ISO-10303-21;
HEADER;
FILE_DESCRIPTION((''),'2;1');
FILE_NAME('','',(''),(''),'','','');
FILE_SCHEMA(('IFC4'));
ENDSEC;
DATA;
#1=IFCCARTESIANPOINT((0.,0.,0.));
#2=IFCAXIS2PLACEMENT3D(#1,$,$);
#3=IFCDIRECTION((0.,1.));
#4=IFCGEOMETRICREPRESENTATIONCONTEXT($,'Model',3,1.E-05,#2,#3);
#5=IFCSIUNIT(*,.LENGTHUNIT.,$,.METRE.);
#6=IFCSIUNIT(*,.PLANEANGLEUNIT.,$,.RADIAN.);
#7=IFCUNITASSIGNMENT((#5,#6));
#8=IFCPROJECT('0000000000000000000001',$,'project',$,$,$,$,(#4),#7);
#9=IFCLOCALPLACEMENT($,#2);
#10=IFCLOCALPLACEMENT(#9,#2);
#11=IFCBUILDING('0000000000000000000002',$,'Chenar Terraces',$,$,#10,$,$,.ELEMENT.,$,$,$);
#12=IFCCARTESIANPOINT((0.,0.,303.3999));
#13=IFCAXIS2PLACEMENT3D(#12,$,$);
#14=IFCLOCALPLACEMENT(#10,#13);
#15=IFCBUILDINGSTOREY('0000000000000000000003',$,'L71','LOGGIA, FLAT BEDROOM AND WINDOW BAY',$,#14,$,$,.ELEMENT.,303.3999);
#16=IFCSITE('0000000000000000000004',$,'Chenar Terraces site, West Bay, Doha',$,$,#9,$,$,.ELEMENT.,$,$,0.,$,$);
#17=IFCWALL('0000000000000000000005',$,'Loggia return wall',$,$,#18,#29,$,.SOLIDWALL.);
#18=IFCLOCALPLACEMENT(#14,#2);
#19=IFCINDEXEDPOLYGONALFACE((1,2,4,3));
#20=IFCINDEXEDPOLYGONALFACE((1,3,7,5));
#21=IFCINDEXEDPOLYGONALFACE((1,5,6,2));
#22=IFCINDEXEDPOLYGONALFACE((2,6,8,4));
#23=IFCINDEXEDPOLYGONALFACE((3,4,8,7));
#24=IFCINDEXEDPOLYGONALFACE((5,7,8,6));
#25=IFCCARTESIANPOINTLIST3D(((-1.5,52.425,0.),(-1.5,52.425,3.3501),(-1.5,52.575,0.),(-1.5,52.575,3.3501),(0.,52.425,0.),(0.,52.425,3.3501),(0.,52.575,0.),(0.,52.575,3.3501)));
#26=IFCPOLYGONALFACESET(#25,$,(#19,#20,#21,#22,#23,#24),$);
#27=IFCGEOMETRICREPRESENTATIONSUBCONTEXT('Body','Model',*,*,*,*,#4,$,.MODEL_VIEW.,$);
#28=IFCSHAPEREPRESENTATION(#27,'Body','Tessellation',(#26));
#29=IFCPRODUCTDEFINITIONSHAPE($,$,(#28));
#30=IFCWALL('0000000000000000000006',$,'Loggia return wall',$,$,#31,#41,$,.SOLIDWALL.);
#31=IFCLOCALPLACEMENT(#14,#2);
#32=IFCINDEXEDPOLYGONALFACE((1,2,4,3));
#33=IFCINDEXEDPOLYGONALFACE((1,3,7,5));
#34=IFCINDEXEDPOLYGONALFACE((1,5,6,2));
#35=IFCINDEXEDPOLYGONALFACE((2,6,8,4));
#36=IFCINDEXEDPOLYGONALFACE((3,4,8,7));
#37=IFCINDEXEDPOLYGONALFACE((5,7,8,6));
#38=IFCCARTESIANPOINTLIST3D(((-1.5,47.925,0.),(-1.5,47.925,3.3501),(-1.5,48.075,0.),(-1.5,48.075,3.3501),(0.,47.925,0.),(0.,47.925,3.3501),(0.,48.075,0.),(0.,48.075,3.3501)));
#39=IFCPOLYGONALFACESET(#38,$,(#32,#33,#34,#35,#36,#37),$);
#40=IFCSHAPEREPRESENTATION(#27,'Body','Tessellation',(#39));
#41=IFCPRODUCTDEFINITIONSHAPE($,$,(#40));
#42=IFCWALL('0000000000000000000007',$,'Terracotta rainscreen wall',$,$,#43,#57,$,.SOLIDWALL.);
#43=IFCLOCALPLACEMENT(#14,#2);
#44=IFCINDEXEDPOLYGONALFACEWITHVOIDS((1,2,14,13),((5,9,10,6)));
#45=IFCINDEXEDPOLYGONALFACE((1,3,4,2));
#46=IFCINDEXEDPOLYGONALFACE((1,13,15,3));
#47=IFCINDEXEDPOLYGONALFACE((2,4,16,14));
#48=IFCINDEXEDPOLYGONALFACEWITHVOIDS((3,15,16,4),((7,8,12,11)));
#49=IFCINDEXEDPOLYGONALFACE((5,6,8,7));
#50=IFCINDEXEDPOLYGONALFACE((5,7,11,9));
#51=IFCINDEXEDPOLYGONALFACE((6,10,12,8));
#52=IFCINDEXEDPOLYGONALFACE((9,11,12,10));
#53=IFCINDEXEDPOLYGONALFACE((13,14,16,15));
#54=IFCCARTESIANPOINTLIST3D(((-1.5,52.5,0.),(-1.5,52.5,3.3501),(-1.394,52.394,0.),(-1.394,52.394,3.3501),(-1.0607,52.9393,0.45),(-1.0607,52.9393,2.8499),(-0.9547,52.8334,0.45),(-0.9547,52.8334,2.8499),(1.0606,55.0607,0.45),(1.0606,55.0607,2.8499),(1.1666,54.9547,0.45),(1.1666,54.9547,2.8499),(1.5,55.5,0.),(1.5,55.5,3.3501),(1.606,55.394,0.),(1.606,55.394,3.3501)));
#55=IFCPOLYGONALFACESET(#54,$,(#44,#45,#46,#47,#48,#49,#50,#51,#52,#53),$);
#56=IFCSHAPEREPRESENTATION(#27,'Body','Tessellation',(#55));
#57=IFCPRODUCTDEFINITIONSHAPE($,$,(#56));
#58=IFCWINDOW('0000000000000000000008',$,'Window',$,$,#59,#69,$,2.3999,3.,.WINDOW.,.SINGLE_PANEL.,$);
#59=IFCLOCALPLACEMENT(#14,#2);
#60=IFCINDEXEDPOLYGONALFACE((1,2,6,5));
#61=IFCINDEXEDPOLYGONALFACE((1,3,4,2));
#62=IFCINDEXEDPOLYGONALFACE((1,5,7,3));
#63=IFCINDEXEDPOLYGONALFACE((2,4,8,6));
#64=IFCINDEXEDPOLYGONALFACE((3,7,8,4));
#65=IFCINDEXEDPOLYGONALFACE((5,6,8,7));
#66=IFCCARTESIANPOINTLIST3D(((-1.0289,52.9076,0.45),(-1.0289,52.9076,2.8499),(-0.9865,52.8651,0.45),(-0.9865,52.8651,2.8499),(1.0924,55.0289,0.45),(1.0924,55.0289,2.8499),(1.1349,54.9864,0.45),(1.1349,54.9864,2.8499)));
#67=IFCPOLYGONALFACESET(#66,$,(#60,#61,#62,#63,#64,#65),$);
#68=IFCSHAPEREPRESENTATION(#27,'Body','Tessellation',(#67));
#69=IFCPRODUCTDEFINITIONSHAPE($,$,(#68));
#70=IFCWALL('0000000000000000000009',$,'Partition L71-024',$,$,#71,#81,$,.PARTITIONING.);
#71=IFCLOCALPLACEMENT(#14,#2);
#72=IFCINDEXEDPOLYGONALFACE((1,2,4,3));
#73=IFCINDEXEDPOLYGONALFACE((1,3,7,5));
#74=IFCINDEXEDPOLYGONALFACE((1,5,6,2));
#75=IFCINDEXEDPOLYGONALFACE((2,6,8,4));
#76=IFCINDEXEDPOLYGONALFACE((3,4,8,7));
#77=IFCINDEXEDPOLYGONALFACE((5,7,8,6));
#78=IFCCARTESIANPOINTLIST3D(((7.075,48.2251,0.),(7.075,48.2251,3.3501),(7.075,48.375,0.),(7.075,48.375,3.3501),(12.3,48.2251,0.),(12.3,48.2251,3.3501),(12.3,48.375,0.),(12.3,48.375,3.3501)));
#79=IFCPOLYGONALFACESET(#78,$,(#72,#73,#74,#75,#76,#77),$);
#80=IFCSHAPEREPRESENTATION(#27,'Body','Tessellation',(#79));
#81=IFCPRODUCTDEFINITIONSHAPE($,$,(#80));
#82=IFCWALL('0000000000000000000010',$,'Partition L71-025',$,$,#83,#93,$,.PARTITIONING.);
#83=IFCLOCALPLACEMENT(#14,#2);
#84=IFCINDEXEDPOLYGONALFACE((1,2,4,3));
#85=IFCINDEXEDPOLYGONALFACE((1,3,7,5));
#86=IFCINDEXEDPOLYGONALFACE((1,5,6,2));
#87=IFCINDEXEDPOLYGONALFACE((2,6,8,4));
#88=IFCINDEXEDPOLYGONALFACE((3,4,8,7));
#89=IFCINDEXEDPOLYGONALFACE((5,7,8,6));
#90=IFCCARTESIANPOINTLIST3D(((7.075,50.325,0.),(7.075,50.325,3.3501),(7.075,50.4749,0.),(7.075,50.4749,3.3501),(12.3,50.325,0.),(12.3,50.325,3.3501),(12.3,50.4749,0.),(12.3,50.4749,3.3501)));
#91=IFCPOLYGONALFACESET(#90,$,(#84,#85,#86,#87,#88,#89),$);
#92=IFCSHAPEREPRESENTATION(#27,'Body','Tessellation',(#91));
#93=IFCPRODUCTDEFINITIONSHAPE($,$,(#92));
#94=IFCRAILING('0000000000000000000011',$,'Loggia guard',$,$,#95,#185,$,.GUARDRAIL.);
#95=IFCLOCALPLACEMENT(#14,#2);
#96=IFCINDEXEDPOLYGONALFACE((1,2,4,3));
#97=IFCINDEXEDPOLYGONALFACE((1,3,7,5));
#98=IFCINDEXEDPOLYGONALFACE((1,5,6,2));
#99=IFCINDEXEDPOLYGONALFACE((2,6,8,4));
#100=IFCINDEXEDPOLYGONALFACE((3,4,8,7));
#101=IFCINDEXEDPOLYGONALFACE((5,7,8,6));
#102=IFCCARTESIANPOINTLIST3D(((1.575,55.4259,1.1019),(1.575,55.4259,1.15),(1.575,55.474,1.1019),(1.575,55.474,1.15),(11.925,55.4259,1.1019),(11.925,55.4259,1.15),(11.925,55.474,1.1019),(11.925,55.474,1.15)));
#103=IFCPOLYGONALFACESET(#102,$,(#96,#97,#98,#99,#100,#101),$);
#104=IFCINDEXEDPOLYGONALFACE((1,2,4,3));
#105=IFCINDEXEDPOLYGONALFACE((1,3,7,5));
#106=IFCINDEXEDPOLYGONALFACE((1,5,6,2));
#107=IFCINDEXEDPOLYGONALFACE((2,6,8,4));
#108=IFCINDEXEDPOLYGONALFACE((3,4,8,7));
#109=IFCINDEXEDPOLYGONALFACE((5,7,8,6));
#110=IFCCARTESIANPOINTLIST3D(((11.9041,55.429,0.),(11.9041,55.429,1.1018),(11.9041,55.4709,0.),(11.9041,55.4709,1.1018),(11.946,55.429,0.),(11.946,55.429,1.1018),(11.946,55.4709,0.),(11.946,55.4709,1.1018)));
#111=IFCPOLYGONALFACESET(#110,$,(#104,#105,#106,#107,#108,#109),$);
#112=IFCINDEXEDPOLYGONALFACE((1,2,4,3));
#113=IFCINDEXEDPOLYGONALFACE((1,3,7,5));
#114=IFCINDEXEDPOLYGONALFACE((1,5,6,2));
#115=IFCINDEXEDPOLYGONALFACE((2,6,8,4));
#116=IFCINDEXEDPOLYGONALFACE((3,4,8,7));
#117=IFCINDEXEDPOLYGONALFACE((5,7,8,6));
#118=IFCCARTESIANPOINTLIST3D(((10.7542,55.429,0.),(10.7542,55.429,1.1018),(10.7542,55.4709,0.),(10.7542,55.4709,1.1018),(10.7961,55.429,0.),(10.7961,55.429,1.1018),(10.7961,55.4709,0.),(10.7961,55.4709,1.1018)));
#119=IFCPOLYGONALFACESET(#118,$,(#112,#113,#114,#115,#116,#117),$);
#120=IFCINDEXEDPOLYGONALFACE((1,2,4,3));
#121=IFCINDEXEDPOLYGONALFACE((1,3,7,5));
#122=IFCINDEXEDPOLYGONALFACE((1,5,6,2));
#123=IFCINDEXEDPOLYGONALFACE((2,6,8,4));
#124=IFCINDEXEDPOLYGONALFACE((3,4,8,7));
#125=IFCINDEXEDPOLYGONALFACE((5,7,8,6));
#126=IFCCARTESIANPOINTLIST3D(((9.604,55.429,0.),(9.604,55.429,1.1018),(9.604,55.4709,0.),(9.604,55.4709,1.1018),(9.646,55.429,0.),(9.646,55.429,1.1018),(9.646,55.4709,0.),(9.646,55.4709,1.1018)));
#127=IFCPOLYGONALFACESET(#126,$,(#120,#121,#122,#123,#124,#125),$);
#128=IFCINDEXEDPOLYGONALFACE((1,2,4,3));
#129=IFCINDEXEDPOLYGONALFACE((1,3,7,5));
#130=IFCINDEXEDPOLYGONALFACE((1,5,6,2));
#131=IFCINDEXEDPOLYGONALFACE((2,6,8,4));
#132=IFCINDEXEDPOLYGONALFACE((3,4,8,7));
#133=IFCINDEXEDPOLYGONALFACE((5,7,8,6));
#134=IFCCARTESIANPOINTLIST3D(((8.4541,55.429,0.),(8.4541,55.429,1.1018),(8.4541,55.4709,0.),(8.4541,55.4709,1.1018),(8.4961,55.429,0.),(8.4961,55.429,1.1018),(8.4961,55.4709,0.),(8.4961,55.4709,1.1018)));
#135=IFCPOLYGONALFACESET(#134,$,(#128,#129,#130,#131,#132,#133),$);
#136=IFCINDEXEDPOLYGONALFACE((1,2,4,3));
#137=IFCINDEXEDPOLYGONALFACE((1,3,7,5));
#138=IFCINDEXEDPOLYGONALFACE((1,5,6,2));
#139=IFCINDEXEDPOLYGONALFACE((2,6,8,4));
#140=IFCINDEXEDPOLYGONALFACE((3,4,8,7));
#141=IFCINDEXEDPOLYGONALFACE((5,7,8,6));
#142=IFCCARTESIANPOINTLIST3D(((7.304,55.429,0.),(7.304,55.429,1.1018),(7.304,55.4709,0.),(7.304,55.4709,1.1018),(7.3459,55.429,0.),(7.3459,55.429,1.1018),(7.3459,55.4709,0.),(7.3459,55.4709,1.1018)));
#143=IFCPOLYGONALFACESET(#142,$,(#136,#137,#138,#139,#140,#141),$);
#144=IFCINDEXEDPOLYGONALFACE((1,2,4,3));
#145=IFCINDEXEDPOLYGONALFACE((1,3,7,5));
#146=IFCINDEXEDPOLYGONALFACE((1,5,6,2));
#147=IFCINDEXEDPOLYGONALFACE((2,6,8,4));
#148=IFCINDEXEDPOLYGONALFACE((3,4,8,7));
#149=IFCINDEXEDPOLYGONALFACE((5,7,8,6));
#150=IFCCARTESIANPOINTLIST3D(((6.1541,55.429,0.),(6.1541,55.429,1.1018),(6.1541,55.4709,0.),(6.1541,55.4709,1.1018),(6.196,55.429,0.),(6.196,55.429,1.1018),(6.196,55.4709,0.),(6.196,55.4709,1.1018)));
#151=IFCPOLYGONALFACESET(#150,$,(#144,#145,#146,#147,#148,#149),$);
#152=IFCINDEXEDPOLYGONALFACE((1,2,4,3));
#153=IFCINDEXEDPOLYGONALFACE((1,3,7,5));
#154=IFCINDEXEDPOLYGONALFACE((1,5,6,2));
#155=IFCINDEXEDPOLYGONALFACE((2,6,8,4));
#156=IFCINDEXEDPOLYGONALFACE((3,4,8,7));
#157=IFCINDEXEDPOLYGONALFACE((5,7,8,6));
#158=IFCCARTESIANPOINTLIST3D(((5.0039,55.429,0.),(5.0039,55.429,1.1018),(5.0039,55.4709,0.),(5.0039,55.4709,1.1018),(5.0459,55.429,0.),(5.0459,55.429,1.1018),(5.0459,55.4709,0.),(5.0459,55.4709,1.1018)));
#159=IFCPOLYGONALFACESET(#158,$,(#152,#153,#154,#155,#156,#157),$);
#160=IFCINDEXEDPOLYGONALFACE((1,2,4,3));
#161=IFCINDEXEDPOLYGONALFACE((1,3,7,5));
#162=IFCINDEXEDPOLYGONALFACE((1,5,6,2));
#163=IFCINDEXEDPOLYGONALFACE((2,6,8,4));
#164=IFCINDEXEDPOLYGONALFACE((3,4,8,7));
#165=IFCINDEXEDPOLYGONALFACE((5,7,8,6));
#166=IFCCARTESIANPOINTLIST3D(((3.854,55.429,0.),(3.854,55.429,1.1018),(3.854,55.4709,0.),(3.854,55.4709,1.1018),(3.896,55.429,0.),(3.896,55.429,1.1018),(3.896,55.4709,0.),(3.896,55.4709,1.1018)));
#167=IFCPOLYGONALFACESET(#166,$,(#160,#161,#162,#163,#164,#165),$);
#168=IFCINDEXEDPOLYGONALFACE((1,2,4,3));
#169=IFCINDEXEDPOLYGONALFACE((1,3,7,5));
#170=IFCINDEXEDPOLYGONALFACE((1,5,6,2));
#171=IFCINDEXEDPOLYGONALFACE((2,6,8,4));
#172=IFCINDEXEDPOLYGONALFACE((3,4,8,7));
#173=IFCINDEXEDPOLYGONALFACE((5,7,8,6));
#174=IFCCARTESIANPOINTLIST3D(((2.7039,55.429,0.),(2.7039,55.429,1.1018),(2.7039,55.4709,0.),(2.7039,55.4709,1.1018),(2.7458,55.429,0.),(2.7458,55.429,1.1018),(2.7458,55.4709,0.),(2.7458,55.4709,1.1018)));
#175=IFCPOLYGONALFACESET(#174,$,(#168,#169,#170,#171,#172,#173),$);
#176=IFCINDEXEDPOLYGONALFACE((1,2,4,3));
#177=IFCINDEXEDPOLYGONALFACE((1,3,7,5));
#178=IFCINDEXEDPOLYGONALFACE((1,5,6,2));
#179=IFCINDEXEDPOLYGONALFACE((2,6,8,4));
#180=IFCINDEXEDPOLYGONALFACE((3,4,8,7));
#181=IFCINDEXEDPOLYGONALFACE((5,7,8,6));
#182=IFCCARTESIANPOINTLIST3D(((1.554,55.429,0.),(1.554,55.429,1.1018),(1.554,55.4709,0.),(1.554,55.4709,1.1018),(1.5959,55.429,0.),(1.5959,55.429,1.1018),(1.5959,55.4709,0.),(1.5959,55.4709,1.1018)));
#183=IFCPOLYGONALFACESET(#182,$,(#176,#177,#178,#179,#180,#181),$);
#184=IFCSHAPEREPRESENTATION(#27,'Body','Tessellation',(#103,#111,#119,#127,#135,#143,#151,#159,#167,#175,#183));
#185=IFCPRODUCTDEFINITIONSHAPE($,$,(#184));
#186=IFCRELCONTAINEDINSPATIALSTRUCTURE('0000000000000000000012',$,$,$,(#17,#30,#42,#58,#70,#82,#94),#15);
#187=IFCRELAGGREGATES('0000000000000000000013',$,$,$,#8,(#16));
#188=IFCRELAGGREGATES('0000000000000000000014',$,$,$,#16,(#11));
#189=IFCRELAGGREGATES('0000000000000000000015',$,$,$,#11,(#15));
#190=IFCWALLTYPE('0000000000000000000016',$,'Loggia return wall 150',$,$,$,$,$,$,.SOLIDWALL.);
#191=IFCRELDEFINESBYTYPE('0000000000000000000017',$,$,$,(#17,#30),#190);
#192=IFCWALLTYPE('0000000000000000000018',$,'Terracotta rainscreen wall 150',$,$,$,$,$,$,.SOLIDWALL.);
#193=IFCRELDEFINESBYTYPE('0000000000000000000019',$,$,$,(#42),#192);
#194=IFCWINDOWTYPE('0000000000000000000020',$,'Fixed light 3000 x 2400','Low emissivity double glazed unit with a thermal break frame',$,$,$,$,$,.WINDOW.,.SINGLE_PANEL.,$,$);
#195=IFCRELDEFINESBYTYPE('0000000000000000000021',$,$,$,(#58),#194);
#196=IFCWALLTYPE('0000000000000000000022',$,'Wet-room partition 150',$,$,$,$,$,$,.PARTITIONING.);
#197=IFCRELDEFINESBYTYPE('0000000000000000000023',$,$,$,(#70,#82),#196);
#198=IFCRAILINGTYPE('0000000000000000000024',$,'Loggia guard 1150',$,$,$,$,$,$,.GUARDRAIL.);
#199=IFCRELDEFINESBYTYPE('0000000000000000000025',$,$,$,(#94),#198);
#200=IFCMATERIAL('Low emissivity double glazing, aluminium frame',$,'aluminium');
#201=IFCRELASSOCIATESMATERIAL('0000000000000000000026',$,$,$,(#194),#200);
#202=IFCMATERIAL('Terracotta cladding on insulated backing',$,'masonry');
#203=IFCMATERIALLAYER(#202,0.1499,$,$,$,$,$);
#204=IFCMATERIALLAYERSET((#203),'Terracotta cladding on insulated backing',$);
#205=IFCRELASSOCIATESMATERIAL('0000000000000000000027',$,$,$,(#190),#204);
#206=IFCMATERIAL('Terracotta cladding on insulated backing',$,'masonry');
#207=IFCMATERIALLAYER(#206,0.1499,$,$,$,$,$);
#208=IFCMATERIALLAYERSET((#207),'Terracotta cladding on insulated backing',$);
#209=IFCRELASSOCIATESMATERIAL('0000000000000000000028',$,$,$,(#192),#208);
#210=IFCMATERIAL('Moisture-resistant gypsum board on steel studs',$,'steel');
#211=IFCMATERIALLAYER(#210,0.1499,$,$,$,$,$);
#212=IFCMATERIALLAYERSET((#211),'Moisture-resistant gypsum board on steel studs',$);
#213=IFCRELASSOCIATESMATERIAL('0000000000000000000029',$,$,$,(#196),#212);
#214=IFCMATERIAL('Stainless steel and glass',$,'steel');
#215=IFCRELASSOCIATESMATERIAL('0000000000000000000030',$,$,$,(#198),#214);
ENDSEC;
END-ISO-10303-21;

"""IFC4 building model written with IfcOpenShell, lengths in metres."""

from ifc_helpers import new_model, si_unit, direction, frame, frame_2d, origin, origin_2d, place, context, subcontext, project, spatial, rectangle, extrude, material, layer, layer_set, type_object, element, fill, save


model = new_model("IFC4")

# Units and contexts
model_context = context("Model", 3, precision=1e-05, world=origin(), true_north=direction((0.0, 1.0)))
body_context = subcontext(model_context, "Body", "Model", "MODEL_VIEW")
ifc_project = project(units=[si_unit("LENGTHUNIT", "METRE"), si_unit("PLANEANGLEUNIT", "RADIAN")], contexts=[model_context])

# Site, building, storey
site_placement = place(None, origin())
site = spatial("IfcSite", under=ifc_project, at=site_placement, Name="Chenar Terraces site, West Bay, Doha", CompositionType="ELEMENT", RefElevation=0.0)
building_placement = place(site_placement, origin())
building = spatial("IfcBuilding", under=site, at=building_placement, Name="Chenar Terraces", CompositionType="ELEMENT")
storey_placement = place(building_placement, frame((0.0, 0.0, 303.3999)))
storey = spatial("IfcBuildingStorey", under=building, at=storey_placement, Name="L71", Description="LOGGIA, FLAT BEDROOM AND WINDOW BAY", CompositionType="ELEMENT", Elevation=303.3999)

# Shared definitions
ifc_material_1 = material(Name="Low emissivity double glazing, aluminium frame", Category="aluminium")
window_type_1 = type_object("IfcWindowType", Name="Fixed light 3000 x 2400", Description="Low emissivity double glazed unit with a thermal break frame", PartitioningType="SINGLE_PANEL", PredefinedType="WINDOW", material=ifc_material_1)

# Walls
ifc_material_2 = material(Name="Terracotta cladding on insulated backing", Category="masonry")
ifc_layer_1 = layer(ifc_material_2, 0.1499)
ifc_layer_set_1 = layer_set([ifc_layer_1], Name="Terracotta cladding on insulated backing")
wall_type_1 = type_object("IfcWallType", Name="Loggia return wall 150", PredefinedType="SOLIDWALL", material=ifc_layer_set_1)
for number, where, z_axis, x_axis, name in (
    (1, (-1.5, 52.5, 0.0), (0.0, 0.0, 1.0), (1.0, 0.0, 0.0), "Loggia return wall"),
    (2, (-1.5, 48.0, 0.0), (0.0, 0.0, 1.0), (1.0, 0.0, 0.0), "Loggia return wall"),
):
    element("IfcWall", number, at=place(storey_placement, frame(where, z_axis=z_axis, x_axis=x_axis)), inside=storey, type_object=wall_type_1, Name=name, PredefinedType="SOLIDWALL", context=body_context, shape_type="SweptSolid", body=[
        extrude(rectangle(XDim=1.5, YDim=0.1499, at=frame_2d((0.75, 0.0))), origin(), (0.0, 0.0, 1.0), 3.3501),
    ])

# Wall, opening, window
ifc_material_3 = material(Name="Terracotta cladding on insulated backing", Category="masonry")
ifc_layer_2 = layer(ifc_material_3, 0.1499)
ifc_layer_set_2 = layer_set([ifc_layer_2], Name="Terracotta cladding on insulated backing")
wall_type_2 = type_object("IfcWallType", Name="Terracotta rainscreen wall 150", PredefinedType="SOLIDWALL", material=ifc_layer_set_2)
wall_1_placement = place(storey_placement, frame((1.553, 55.447, 0.0), z_axis=(0.0, 0.0, 1.0), x_axis=(-0.707107, -0.707107, 0.0)))
wall_1 = element("IfcWall", 3, at=wall_1_placement, inside=storey, type_object=wall_type_2, Name="Terracotta rainscreen wall", PredefinedType="SOLIDWALL", context=body_context, shape_type="SweptSolid", body=[
    extrude(rectangle(XDim=4.2427, YDim=0.1499, at=frame_2d((2.1213, 0.0))), origin(), (0.0, 0.0, 1.0), 3.3501),
])
opening_1_placement = place(wall_1_placement, frame((0.6213, 0.0, 0.45)))
opening_1 = element("IfcOpeningElement", 4, at=opening_1_placement, cuts=wall_1, PredefinedType="OPENING", context=body_context, shape_type="SweptSolid", body=[
    extrude(rectangle(XDim=3.0, YDim=2.3999, at=frame_2d((1.5, 1.2))), frame((0.0, 0.085, 0.0), z_axis=(0.0, -1.0, 0.0), x_axis=(1.0, 0.0, 0.0)), (0.0, 0.0, 1.0), 0.1699),
])
window_1_placement = place(opening_1_placement, origin())
window_1 = element("IfcWindow", 5, at=window_1_placement, inside=storey, type_object=window_type_1, Name="Window", OverallHeight=2.3999, OverallWidth=3.0, PartitioningType="SINGLE_PANEL", PredefinedType="WINDOW", context=body_context, shape_type="SweptSolid", body=[
    extrude(rectangle(XDim=3.0, YDim=2.3999, at=frame_2d((1.5, 1.2))), frame((0.0, 0.03, 0.0), z_axis=(0.0, -1.0, 0.0), x_axis=(1.0, 0.0, 0.0)), (0.0, 0.0, 1.0), 0.0601),
])
fill(opening_1, window_1)

# Walls
ifc_material_4 = material(Name="Moisture-resistant gypsum board on steel studs", Category="steel")
ifc_layer_3 = layer(ifc_material_4, 0.1499)
ifc_layer_set_3 = layer_set([ifc_layer_3], Name="Moisture-resistant gypsum board on steel studs")
wall_type_3 = type_object("IfcWallType", Name="Wet-room partition 150", PredefinedType="PARTITIONING", material=ifc_layer_set_3)
for number, where, z_axis, x_axis, name in (
    (6, (7.075, 48.3, 0.0), (0.0, 0.0, 1.0), (1.0, 0.0, 0.0), "Partition L71-024"),
    (7, (7.075, 50.3999, 0.0), (0.0, 0.0, 1.0), (1.0, 0.0, 0.0), "Partition L71-025"),
):
    element("IfcWall", number, at=place(storey_placement, frame(where, z_axis=z_axis, x_axis=x_axis)), inside=storey, type_object=wall_type_3, Name=name, PredefinedType="PARTITIONING", context=body_context, shape_type="SweptSolid", body=[
        extrude(rectangle(XDim=5.2251, YDim=0.1499, at=frame_2d((2.6125, 0.0))), origin(), (0.0, 0.0, 1.0), 3.3501),
    ])

# Railing
ifc_material_5 = material(Name="Stainless steel and glass", Category="steel")
railing_type = type_object("IfcRailingType", Name="Loggia guard 1150", PredefinedType="GUARDRAIL", material=ifc_material_5)
railing_1_placement = place(storey_placement, frame((11.925, 55.45, 0.0)))
element("IfcRailing", 8, at=railing_1_placement, inside=storey, type_object=railing_type, Name="Loggia guard", PredefinedType="GUARDRAIL", context=body_context, shape_type="SweptSolid", body=[
    extrude(rectangle(XDim=0.0481, YDim=0.0481, at=origin_2d()), frame((0.0, 0.0, 1.126), z_axis=(-1.0, 0.0, 0.0), x_axis=(0.0, -1.0, 0.0)), (0.0, 0.0, 1.0), 10.3501),
    extrude(rectangle(XDim=0.042, YDim=0.042, at=origin_2d()), origin(), (0.0, 0.0, 1.0), 1.1018),
    extrude(rectangle(XDim=0.042, YDim=0.042, at=origin_2d()), frame((-1.1499, 0.0, 0.0)), (0.0, 0.0, 1.0), 1.1018),
    extrude(rectangle(XDim=0.042, YDim=0.042, at=origin_2d()), frame((-2.3, 0.0, 0.0)), (0.0, 0.0, 1.0), 1.1018),
    extrude(rectangle(XDim=0.042, YDim=0.042, at=origin_2d()), frame((-3.45, 0.0, 0.0)), (0.0, 0.0, 1.0), 1.1018),
    extrude(rectangle(XDim=0.042, YDim=0.042, at=origin_2d()), frame((-4.6001, 0.0, 0.0)), (0.0, 0.0, 1.0), 1.1018),
    extrude(rectangle(XDim=0.042, YDim=0.042, at=origin_2d()), frame((-5.75, 0.0, 0.0)), (0.0, 0.0, 1.0), 1.1018),
    extrude(rectangle(XDim=0.042, YDim=0.042, at=origin_2d()), frame((-6.9001, 0.0, 0.0)), (0.0, 0.0, 1.0), 1.1018),
    extrude(rectangle(XDim=0.042, YDim=0.042, at=origin_2d()), frame((-8.05, 0.0, 0.0)), (0.0, 0.0, 1.0), 1.1018),
    extrude(rectangle(XDim=0.042, YDim=0.042, at=origin_2d()), frame((-9.2002, 0.0, 0.0)), (0.0, 0.0, 1.0), 1.1018),
    extrude(rectangle(XDim=0.042, YDim=0.042, at=origin_2d()), frame((-10.3501, 0.0, 0.0)), (0.0, 0.0, 1.0), 1.1018),
])

save(model, "model.ifc")
